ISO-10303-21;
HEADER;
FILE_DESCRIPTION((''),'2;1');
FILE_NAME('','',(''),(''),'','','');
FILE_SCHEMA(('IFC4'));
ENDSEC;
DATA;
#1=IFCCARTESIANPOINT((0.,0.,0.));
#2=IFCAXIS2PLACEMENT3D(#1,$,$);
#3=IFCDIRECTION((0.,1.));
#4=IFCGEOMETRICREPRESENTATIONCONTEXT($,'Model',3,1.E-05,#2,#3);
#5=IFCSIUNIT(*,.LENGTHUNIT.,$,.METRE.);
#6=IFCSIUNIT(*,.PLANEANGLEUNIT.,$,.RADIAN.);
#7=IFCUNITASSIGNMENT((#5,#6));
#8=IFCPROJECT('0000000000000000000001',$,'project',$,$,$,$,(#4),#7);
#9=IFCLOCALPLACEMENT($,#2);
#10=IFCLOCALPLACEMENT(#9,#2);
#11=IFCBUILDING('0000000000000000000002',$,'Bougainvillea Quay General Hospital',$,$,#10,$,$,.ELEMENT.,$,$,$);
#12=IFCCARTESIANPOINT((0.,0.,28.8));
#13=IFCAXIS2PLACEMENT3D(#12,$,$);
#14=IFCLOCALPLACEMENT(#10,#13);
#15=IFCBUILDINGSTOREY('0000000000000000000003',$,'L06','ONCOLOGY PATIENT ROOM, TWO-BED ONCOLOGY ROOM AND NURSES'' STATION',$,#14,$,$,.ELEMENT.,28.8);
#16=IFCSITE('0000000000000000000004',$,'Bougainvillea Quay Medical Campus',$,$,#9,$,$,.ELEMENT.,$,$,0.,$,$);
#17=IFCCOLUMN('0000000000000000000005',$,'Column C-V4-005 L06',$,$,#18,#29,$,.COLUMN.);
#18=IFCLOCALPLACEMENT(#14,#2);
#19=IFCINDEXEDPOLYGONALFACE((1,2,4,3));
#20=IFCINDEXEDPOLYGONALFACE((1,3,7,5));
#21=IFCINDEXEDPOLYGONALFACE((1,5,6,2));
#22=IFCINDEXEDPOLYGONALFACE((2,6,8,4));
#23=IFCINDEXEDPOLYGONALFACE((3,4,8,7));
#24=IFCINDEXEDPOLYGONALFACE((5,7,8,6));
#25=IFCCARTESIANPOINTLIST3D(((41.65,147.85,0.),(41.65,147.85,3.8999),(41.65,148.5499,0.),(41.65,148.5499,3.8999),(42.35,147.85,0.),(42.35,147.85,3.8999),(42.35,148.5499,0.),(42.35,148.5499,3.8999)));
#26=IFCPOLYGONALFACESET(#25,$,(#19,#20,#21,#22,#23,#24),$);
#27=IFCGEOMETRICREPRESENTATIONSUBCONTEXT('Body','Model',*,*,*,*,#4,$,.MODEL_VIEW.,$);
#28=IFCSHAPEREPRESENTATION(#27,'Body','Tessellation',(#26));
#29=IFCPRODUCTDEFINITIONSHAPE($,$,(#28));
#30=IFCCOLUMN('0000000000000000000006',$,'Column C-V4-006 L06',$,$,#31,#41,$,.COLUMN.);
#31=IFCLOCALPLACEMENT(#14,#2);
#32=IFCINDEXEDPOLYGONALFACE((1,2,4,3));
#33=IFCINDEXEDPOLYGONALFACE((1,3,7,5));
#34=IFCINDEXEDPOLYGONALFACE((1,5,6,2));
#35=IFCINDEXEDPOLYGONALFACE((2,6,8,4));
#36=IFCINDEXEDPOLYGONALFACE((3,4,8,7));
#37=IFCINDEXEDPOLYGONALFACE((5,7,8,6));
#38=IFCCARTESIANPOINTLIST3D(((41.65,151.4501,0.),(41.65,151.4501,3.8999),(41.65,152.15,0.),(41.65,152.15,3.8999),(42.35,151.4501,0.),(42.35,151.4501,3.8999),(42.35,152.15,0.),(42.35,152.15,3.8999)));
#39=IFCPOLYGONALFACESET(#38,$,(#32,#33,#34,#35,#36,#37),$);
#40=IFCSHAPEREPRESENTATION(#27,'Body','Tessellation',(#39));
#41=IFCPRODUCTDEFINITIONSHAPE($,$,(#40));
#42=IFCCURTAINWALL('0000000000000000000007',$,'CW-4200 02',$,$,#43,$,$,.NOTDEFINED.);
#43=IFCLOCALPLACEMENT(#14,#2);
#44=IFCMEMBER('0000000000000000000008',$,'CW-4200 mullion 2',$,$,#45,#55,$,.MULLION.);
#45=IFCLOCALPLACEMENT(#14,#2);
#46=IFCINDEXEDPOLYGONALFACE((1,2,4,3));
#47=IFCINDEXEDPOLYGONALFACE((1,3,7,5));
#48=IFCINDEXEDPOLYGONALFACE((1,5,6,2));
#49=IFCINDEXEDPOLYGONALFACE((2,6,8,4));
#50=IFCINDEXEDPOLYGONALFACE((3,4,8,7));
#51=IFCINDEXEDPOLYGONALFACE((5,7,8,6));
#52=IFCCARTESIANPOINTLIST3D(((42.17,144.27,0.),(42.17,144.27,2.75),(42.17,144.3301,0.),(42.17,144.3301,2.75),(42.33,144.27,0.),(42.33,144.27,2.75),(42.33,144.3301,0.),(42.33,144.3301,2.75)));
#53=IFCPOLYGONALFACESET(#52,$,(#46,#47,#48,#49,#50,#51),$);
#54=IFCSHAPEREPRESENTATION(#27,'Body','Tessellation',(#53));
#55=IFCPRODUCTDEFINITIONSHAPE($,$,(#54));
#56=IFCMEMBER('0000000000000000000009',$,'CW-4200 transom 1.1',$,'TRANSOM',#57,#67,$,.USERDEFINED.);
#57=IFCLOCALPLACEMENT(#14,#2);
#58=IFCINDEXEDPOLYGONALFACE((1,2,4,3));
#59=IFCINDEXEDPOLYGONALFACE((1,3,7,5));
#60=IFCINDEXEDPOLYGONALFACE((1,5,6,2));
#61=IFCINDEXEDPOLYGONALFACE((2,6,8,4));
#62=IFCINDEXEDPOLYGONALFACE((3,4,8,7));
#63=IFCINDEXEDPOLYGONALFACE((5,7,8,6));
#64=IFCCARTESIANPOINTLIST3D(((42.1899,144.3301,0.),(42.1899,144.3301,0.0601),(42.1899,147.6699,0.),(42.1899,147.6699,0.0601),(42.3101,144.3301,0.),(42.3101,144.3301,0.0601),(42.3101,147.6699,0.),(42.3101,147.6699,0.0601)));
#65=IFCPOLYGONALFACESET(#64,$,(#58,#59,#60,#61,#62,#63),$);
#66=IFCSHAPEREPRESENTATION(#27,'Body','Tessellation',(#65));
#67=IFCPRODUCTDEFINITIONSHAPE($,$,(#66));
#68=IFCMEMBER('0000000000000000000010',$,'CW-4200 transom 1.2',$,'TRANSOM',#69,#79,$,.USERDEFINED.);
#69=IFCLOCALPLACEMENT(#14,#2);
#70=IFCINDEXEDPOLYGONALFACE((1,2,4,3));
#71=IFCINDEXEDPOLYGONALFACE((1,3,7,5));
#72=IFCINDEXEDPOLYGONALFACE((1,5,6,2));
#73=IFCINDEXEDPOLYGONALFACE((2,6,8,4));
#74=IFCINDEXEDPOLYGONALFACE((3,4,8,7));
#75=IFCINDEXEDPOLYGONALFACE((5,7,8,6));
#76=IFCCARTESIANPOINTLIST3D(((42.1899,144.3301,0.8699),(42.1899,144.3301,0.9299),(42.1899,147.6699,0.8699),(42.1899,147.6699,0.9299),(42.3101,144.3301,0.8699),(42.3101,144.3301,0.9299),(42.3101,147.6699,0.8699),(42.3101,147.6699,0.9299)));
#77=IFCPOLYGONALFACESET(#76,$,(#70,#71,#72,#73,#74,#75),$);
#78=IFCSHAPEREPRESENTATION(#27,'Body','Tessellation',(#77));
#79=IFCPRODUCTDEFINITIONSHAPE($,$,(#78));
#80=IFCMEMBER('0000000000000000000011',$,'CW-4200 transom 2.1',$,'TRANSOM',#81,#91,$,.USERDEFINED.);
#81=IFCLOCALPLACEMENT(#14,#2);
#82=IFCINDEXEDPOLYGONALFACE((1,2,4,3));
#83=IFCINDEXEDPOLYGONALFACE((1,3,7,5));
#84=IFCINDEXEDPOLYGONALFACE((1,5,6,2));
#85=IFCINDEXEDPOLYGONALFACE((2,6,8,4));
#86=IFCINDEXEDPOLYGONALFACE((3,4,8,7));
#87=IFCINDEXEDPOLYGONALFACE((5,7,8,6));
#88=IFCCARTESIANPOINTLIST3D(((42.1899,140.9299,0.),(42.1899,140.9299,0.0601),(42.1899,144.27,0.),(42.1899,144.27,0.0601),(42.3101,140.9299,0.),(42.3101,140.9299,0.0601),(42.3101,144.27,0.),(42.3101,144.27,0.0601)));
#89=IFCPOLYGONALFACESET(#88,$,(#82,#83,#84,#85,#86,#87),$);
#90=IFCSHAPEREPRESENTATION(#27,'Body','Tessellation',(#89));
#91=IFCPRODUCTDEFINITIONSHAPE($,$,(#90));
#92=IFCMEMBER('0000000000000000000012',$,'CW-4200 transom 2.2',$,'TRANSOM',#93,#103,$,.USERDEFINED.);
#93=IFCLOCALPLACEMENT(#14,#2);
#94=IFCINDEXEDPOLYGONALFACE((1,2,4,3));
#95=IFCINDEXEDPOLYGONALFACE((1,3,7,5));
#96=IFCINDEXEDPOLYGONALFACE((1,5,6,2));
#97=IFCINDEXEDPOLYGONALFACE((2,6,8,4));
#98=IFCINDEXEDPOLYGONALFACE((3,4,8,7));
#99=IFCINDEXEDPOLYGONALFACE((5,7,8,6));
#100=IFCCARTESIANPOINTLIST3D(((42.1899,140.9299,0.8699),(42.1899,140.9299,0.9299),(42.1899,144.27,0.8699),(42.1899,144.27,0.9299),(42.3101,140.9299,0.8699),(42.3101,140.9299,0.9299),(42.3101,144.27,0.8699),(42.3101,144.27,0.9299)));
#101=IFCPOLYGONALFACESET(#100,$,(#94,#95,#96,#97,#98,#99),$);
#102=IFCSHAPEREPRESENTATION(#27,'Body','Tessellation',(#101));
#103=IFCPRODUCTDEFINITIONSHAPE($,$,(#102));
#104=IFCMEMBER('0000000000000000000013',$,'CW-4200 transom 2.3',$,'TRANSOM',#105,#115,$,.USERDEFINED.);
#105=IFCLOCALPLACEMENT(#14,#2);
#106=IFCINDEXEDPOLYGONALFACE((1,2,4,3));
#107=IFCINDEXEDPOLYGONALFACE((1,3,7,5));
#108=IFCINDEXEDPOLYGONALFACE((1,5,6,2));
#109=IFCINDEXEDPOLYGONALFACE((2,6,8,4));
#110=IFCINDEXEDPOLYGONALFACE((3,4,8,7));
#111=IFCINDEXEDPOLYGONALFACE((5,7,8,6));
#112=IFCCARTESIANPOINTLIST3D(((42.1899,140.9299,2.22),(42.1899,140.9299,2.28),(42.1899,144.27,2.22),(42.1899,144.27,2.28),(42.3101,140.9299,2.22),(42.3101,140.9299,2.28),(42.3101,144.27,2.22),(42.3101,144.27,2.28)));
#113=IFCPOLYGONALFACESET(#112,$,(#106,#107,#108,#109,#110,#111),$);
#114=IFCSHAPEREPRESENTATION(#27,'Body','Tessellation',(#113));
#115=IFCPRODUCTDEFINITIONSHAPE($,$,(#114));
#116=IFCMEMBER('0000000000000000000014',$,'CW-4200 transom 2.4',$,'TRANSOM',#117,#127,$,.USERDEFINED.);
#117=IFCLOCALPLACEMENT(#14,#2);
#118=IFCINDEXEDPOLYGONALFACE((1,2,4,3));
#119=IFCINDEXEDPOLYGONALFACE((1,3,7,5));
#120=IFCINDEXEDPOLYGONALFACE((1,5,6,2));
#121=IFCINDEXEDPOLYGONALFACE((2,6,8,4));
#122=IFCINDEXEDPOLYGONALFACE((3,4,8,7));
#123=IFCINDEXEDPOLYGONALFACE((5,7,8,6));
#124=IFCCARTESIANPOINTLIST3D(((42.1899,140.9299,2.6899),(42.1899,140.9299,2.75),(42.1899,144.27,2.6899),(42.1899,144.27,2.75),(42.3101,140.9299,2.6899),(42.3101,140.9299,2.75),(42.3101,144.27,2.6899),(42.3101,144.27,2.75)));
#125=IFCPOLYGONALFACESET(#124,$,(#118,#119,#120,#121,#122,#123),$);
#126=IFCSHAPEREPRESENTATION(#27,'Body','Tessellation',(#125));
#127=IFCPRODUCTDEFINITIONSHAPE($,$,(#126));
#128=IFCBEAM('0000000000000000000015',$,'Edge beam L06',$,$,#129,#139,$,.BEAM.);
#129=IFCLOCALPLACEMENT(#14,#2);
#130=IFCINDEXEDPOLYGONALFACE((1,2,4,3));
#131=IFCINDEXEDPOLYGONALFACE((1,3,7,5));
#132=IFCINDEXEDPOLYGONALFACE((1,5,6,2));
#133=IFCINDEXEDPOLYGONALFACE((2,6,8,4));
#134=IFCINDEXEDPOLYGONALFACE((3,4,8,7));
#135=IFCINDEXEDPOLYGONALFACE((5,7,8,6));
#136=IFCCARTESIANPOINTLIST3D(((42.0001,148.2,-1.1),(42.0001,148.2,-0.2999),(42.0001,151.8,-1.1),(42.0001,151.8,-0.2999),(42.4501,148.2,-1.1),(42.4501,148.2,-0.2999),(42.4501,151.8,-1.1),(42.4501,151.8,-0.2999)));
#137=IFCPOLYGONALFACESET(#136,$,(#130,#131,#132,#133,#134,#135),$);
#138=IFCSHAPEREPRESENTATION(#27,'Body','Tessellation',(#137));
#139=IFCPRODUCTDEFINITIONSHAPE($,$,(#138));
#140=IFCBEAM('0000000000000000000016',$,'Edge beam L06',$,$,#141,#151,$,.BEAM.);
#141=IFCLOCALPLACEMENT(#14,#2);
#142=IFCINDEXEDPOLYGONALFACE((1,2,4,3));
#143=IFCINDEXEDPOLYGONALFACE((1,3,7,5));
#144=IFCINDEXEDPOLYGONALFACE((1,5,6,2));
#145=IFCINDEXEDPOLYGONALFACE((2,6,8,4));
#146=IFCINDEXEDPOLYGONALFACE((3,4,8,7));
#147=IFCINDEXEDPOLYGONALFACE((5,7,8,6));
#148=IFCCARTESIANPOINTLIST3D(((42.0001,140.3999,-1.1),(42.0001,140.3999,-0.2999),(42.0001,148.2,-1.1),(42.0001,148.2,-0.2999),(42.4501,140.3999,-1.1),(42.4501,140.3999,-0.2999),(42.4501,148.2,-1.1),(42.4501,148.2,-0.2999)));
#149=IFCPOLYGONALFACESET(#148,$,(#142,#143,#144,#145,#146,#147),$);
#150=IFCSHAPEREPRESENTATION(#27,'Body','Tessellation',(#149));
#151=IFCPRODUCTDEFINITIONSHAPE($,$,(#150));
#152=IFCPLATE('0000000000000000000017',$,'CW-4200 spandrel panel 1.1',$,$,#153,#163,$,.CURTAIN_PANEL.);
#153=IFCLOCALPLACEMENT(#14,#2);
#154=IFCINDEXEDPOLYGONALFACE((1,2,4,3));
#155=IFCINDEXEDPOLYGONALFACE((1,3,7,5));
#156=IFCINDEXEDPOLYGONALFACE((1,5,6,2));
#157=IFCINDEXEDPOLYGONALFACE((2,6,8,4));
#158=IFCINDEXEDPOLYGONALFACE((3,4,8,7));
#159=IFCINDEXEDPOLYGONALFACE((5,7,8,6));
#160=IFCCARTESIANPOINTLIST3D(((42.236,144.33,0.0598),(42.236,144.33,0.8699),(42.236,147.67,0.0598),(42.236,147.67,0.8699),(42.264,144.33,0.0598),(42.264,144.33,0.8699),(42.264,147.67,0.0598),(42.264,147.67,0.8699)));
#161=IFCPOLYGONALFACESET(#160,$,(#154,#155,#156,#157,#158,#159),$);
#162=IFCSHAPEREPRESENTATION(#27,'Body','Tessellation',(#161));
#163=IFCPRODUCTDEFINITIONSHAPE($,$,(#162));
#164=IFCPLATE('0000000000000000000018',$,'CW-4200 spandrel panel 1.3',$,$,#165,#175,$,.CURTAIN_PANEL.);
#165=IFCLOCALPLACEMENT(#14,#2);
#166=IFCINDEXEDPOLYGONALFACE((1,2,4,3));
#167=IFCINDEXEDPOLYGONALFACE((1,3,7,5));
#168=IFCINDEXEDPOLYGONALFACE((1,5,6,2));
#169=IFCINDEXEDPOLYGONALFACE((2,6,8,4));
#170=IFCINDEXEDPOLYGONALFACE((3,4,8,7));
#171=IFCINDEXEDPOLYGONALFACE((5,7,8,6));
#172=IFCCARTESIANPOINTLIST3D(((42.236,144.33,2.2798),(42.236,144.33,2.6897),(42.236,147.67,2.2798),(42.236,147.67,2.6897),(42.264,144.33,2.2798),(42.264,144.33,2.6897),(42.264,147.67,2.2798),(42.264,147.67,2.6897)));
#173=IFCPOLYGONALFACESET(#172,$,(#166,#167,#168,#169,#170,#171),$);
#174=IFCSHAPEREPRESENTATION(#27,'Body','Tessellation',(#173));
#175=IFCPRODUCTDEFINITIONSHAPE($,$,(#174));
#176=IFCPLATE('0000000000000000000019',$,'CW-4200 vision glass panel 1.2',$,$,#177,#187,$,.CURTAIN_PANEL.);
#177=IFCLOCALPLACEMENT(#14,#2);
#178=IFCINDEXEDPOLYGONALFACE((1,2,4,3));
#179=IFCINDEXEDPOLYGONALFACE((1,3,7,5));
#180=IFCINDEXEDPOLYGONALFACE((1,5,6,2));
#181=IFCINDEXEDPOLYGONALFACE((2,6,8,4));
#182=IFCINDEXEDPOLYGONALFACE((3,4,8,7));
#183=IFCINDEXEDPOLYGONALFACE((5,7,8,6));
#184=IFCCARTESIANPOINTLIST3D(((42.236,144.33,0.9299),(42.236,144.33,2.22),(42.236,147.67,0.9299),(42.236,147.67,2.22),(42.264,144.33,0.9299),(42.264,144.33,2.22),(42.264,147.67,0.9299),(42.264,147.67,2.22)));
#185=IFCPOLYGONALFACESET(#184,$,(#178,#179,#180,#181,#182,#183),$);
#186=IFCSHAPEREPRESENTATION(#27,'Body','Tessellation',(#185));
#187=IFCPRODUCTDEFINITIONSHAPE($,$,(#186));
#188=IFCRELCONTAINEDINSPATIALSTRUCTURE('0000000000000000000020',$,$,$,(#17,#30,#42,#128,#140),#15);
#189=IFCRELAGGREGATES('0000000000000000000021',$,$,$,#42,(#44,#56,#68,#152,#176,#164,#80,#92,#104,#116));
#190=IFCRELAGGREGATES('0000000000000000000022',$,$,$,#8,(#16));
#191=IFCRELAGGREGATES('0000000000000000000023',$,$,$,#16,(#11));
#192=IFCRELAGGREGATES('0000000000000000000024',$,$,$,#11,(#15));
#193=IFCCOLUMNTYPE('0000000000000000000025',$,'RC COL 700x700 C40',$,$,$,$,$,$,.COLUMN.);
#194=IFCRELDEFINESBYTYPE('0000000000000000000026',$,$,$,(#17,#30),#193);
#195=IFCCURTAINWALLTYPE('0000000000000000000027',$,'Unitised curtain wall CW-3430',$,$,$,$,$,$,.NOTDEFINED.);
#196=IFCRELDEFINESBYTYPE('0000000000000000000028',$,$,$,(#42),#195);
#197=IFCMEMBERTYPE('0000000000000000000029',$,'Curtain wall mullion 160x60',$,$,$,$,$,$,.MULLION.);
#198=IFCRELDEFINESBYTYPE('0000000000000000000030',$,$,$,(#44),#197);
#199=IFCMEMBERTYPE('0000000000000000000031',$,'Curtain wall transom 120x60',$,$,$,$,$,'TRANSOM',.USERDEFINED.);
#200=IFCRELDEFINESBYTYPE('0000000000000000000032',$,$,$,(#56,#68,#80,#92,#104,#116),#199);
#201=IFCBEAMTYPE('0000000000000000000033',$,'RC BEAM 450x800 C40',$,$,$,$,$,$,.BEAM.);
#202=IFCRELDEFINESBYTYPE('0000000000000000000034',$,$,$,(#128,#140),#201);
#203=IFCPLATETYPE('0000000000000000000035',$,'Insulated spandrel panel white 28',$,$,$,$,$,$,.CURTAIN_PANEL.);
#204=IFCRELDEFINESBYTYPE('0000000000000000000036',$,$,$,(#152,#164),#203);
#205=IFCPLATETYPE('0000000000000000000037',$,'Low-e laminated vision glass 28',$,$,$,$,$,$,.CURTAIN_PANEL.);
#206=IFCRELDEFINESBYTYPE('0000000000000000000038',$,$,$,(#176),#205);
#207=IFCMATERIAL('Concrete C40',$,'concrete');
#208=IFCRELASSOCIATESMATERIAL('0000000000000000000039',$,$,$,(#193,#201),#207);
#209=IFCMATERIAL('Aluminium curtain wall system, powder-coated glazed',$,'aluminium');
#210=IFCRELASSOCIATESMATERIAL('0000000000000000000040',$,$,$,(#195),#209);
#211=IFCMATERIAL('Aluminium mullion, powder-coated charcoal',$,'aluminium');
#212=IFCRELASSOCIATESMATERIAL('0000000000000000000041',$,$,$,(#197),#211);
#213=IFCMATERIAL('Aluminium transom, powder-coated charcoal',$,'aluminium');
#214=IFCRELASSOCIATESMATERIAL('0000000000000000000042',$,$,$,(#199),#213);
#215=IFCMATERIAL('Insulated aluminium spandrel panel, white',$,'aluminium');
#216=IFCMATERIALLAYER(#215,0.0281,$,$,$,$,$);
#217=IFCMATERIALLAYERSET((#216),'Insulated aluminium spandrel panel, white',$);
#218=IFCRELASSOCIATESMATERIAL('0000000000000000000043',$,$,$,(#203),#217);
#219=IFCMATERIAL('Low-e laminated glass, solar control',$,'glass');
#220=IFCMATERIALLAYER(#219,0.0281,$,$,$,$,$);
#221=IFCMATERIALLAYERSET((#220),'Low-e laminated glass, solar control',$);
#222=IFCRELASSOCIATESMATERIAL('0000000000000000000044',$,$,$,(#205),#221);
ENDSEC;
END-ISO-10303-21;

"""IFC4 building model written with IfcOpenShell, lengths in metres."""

from ifc_helpers import new_model, si_unit, direction, frame, origin, origin_2d, place, context, subcontext, project, spatial, rectangle, extrude, material, layer, layer_set, material_profile, profile_set, type_object, element, aggregate, save


model = new_model("IFC4")

# Units and contexts
model_context = context("Model", 3, precision=1e-05, world=origin(), true_north=direction((0.0, 1.0)))
body_context = subcontext(model_context, "Body", "Model", "MODEL_VIEW")
ifc_project = project(units=[si_unit("LENGTHUNIT", "METRE"), si_unit("PLANEANGLEUNIT", "RADIAN")], contexts=[model_context])

# Site, building, storey
site_placement = place(None, origin())
site = spatial("IfcSite", under=ifc_project, at=site_placement, Name="Bougainvillea Quay Medical Campus", CompositionType="ELEMENT", RefElevation=0.0)
building_placement = place(site_placement, origin())
building = spatial("IfcBuilding", under=site, at=building_placement, Name="Bougainvillea Quay General Hospital", CompositionType="ELEMENT")
storey_placement = place(building_placement, frame((0.0, 0.0, 28.8)))
storey = spatial("IfcBuildingStorey", under=building, at=storey_placement, Name="L06", Description="ONCOLOGY PATIENT ROOM, TWO-BED ONCOLOGY ROOM AND NURSES' STATION", CompositionType="ELEMENT", Elevation=28.8)

# Columns
ifc_material_1 = material(Name="Concrete C40", Category="concrete")
ifc_material_profile_1 = material_profile(ifc_material_1, rectangle(XDim=0.7, YDim=0.7, at=origin_2d()))
ifc_profile_set_1 = profile_set([ifc_material_profile_1], Name="Concrete C40")
column_type = type_object("IfcColumnType", Name="RC COL 700x700 C40", PredefinedType="COLUMN", material=ifc_profile_set_1)
for number, where, z_axis, x_axis, name in (
    (1, (42.0, 148.2, 0.0), (0.0, 0.0, 1.0), (1.0, 0.0, 0.0), "Column C-V4-005 L06"),
    (2, (42.0, 151.8, 0.0), (0.0, 0.0, 1.0), (1.0, 0.0, 0.0), "Column C-V4-006 L06"),
):
    element("IfcColumn", number, at=place(storey_placement, frame(where, z_axis=z_axis, x_axis=x_axis)), inside=storey, type_object=column_type, Name=name, PredefinedType="COLUMN", context=body_context, shape_type="SweptSolid", body=[
        extrude(rectangle(XDim=0.7, YDim=0.7, at=origin_2d()), origin(), (0.0, 0.0, 1.0), 3.8999),
    ])

# Curtain wall, members
ifc_material_2 = material(Name="Aluminium curtain wall system, powder-coated glazed", Category="aluminium")
curtain_wall_type = type_object("IfcCurtainWallType", Name="Unitised curtain wall CW-3430", PredefinedType="NOTDEFINED", material=ifc_material_2)
curtain_wall_placement = place(storey_placement, origin())
curtain_wall = element("IfcCurtainWall", 3, at=curtain_wall_placement, inside=storey, type_object=curtain_wall_type, Name="CW-4200 02", PredefinedType="NOTDEFINED")
ifc_material_3 = material(Name="Aluminium mullion, powder-coated charcoal", Category="aluminium")
ifc_material_profile_2 = material_profile(ifc_material_3, rectangle(XDim=0.1599, YDim=0.0601, at=origin_2d()))
ifc_profile_set_2 = profile_set([ifc_material_profile_2], Name="Aluminium mullion, powder-coated charcoal")
member_type_1 = type_object("IfcMemberType", Name="Curtain wall mullion 160x60", PredefinedType="MULLION", material=ifc_profile_set_2)
member_1_placement = place(storey_placement, frame((42.25, 144.3, 0.0), z_axis=(0.0, 0.0, 1.0), x_axis=(1.0, 0.0, 0.0)))
member_1 = element("IfcMember", 4, at=member_1_placement, type_object=member_type_1, Name="CW-4200 mullion 2", PredefinedType="MULLION", context=body_context, shape_type="SweptSolid", body=[
    extrude(rectangle(XDim=0.1599, YDim=0.0601, at=origin_2d()), origin(), (0.0, 0.0, 1.0), 2.75),
])
ifc_material_4 = material(Name="Aluminium transom, powder-coated charcoal", Category="aluminium")
ifc_material_profile_3 = material_profile(ifc_material_4, rectangle(XDim=0.1201, YDim=0.0601, at=origin_2d()))
ifc_profile_set_3 = profile_set([ifc_material_profile_3], Name="Aluminium transom, powder-coated charcoal")
member_type_2 = type_object("IfcMemberType", Name="Curtain wall transom 120x60", ElementType="TRANSOM", PredefinedType="USERDEFINED", material=ifc_profile_set_3)
member_2_placement = place(storey_placement, frame((42.25, 147.6699, 0.03), z_axis=(0.0, -1.0, 0.0), x_axis=(1.0, 0.0, 0.0)))
member_2 = element("IfcMember", 5, at=member_2_placement, type_object=member_type_2, Name="CW-4200 transom 1.1", ObjectType="TRANSOM", PredefinedType="USERDEFINED", context=body_context, shape_type="SweptSolid", body=[
    extrude(rectangle(XDim=0.1201, YDim=0.0601, at=origin_2d()), origin(), (0.0, 0.0, 1.0), 3.3398),
])
member_3_placement = place(storey_placement, frame((42.25, 147.6699, 0.8999), z_axis=(0.0, -1.0, 0.0), x_axis=(1.0, 0.0, 0.0)))
member_3 = element("IfcMember", 6, at=member_3_placement, type_object=member_type_2, Name="CW-4200 transom 1.2", ObjectType="TRANSOM", PredefinedType="USERDEFINED", context=body_context, shape_type="SweptSolid", body=[
    extrude(rectangle(XDim=0.1201, YDim=0.0601, at=origin_2d()), origin(), (0.0, 0.0, 1.0), 3.3398),
])
member_4_placement = place(storey_placement, frame((42.25, 144.27, 0.03), z_axis=(0.0, -1.0, 0.0), x_axis=(1.0, 0.0, 0.0)))
member_4 = element("IfcMember", 7, at=member_4_placement, type_object=member_type_2, Name="CW-4200 transom 2.1", ObjectType="TRANSOM", PredefinedType="USERDEFINED", context=body_context, shape_type="SweptSolid", body=[
    extrude(rectangle(XDim=0.1201, YDim=0.0601, at=origin_2d()), origin(), (0.0, 0.0, 1.0), 3.3401),
])
member_5_placement = place(storey_placement, frame((42.25, 144.27, 0.8999), z_axis=(0.0, -1.0, 0.0), x_axis=(1.0, 0.0, 0.0)))
member_5 = element("IfcMember", 8, at=member_5_placement, type_object=member_type_2, Name="CW-4200 transom 2.2", ObjectType="TRANSOM", PredefinedType="USERDEFINED", context=body_context, shape_type="SweptSolid", body=[
    extrude(rectangle(XDim=0.1201, YDim=0.0601, at=origin_2d()), origin(), (0.0, 0.0, 1.0), 3.3401),
])
member_6_placement = place(storey_placement, frame((42.25, 144.27, 2.25), z_axis=(0.0, -1.0, 0.0), x_axis=(1.0, 0.0, 0.0)))
member_6 = element("IfcMember", 9, at=member_6_placement, type_object=member_type_2, Name="CW-4200 transom 2.3", ObjectType="TRANSOM", PredefinedType="USERDEFINED", context=body_context, shape_type="SweptSolid", body=[
    extrude(rectangle(XDim=0.1201, YDim=0.0601, at=origin_2d()), origin(), (0.0, 0.0, 1.0), 3.3401),
])
member_7_placement = place(storey_placement, frame((42.25, 144.27, 2.72), z_axis=(0.0, -1.0, 0.0), x_axis=(1.0, 0.0, 0.0)))
member_7 = element("IfcMember", 10, at=member_7_placement, type_object=member_type_2, Name="CW-4200 transom 2.4", ObjectType="TRANSOM", PredefinedType="USERDEFINED", context=body_context, shape_type="SweptSolid", body=[
    extrude(rectangle(XDim=0.1201, YDim=0.0601, at=origin_2d()), origin(), (0.0, 0.0, 1.0), 3.3401),
])

# Beams
ifc_material_profile_4 = material_profile(ifc_material_1, rectangle(XDim=0.45, YDim=0.8, at=origin_2d()))
ifc_profile_set_4 = profile_set([ifc_material_profile_4], Name="Concrete C40")
beam_type = type_object("IfcBeamType", Name="RC BEAM 450x800 C40", PredefinedType="BEAM", material=ifc_profile_set_4)
beam_1_placement = place(storey_placement, frame((42.2251, 151.8, -0.7), z_axis=(0.0, -1.0, 0.0), x_axis=(1.0, 0.0, 0.0)))
element("IfcBeam", 11, at=beam_1_placement, inside=storey, type_object=beam_type, Name="Edge beam L06", PredefinedType="BEAM", context=body_context, shape_type="SweptSolid", body=[
    extrude(rectangle(XDim=0.45, YDim=0.8, at=origin_2d()), origin(), (0.0, 0.0, 1.0), 3.6001),
])
beam_2_placement = place(storey_placement, frame((42.2251, 148.2, -0.7), z_axis=(0.0, -1.0, 0.0), x_axis=(1.0, 0.0, 0.0)))
element("IfcBeam", 12, at=beam_2_placement, inside=storey, type_object=beam_type, Name="Edge beam L06", PredefinedType="BEAM", context=body_context, shape_type="SweptSolid", body=[
    extrude(rectangle(XDim=0.45, YDim=0.8, at=origin_2d()), origin(), (0.0, 0.0, 1.0), 7.8),
])

# Plates
ifc_material_5 = material(Name="Insulated aluminium spandrel panel, white", Category="aluminium")
ifc_layer_1 = layer(ifc_material_5, 0.0281)
ifc_layer_set_1 = layer_set([ifc_layer_1], Name="Insulated aluminium spandrel panel, white")
plate_type_1 = type_object("IfcPlateType", Name="Insulated spandrel panel white 28", PredefinedType="CURTAIN_PANEL", material=ifc_layer_set_1)
plate_1_placement = place(storey_placement, frame((42.25, 146.0, 0.0598), z_axis=(0.0, 0.0, 1.0), x_axis=(0.0, -1.0, 0.0)))
plate_1 = element("IfcPlate", 13, at=plate_1_placement, type_object=plate_type_1, Name="CW-4200 spandrel panel 1.1", PredefinedType="CURTAIN_PANEL", context=body_context, shape_type="SweptSolid", body=[
    extrude(rectangle(XDim=3.3401, YDim=0.0281, at=origin_2d()), origin(), (0.0, 0.0, 1.0), 0.8101),
])
plate_2_placement = place(storey_placement, frame((42.25, 146.0, 2.2798), z_axis=(0.0, 0.0, 1.0), x_axis=(0.0, -1.0, 0.0)))
plate_2 = element("IfcPlate", 14, at=plate_2_placement, type_object=plate_type_1, Name="CW-4200 spandrel panel 1.3", PredefinedType="CURTAIN_PANEL", context=body_context, shape_type="SweptSolid", body=[
    extrude(rectangle(XDim=3.3401, YDim=0.0281, at=origin_2d()), origin(), (0.0, 0.0, 1.0), 0.4099),
])
ifc_material_6 = material(Name="Low-e laminated glass, solar control", Category="glass")
ifc_layer_2 = layer(ifc_material_6, 0.0281)
ifc_layer_set_2 = layer_set([ifc_layer_2], Name="Low-e laminated glass, solar control")
plate_type_2 = type_object("IfcPlateType", Name="Low-e laminated vision glass 28", PredefinedType="CURTAIN_PANEL", material=ifc_layer_set_2)
plate_3_placement = place(storey_placement, frame((42.25, 146.0, 0.9299), z_axis=(0.0, 0.0, 1.0), x_axis=(0.0, -1.0, 0.0)))
plate_3 = element("IfcPlate", 15, at=plate_3_placement, type_object=plate_type_2, Name="CW-4200 vision glass panel 1.2", PredefinedType="CURTAIN_PANEL", context=body_context, shape_type="SweptSolid", body=[
    extrude(rectangle(XDim=3.3401, YDim=0.0281, at=origin_2d()), origin(), (0.0, 0.0, 1.0), 1.29),
])
aggregate(curtain_wall, [member_1, member_2, member_3, plate_1, plate_3, plate_2, member_4, member_5, member_6, member_7])

save(model, "model.ifc")
